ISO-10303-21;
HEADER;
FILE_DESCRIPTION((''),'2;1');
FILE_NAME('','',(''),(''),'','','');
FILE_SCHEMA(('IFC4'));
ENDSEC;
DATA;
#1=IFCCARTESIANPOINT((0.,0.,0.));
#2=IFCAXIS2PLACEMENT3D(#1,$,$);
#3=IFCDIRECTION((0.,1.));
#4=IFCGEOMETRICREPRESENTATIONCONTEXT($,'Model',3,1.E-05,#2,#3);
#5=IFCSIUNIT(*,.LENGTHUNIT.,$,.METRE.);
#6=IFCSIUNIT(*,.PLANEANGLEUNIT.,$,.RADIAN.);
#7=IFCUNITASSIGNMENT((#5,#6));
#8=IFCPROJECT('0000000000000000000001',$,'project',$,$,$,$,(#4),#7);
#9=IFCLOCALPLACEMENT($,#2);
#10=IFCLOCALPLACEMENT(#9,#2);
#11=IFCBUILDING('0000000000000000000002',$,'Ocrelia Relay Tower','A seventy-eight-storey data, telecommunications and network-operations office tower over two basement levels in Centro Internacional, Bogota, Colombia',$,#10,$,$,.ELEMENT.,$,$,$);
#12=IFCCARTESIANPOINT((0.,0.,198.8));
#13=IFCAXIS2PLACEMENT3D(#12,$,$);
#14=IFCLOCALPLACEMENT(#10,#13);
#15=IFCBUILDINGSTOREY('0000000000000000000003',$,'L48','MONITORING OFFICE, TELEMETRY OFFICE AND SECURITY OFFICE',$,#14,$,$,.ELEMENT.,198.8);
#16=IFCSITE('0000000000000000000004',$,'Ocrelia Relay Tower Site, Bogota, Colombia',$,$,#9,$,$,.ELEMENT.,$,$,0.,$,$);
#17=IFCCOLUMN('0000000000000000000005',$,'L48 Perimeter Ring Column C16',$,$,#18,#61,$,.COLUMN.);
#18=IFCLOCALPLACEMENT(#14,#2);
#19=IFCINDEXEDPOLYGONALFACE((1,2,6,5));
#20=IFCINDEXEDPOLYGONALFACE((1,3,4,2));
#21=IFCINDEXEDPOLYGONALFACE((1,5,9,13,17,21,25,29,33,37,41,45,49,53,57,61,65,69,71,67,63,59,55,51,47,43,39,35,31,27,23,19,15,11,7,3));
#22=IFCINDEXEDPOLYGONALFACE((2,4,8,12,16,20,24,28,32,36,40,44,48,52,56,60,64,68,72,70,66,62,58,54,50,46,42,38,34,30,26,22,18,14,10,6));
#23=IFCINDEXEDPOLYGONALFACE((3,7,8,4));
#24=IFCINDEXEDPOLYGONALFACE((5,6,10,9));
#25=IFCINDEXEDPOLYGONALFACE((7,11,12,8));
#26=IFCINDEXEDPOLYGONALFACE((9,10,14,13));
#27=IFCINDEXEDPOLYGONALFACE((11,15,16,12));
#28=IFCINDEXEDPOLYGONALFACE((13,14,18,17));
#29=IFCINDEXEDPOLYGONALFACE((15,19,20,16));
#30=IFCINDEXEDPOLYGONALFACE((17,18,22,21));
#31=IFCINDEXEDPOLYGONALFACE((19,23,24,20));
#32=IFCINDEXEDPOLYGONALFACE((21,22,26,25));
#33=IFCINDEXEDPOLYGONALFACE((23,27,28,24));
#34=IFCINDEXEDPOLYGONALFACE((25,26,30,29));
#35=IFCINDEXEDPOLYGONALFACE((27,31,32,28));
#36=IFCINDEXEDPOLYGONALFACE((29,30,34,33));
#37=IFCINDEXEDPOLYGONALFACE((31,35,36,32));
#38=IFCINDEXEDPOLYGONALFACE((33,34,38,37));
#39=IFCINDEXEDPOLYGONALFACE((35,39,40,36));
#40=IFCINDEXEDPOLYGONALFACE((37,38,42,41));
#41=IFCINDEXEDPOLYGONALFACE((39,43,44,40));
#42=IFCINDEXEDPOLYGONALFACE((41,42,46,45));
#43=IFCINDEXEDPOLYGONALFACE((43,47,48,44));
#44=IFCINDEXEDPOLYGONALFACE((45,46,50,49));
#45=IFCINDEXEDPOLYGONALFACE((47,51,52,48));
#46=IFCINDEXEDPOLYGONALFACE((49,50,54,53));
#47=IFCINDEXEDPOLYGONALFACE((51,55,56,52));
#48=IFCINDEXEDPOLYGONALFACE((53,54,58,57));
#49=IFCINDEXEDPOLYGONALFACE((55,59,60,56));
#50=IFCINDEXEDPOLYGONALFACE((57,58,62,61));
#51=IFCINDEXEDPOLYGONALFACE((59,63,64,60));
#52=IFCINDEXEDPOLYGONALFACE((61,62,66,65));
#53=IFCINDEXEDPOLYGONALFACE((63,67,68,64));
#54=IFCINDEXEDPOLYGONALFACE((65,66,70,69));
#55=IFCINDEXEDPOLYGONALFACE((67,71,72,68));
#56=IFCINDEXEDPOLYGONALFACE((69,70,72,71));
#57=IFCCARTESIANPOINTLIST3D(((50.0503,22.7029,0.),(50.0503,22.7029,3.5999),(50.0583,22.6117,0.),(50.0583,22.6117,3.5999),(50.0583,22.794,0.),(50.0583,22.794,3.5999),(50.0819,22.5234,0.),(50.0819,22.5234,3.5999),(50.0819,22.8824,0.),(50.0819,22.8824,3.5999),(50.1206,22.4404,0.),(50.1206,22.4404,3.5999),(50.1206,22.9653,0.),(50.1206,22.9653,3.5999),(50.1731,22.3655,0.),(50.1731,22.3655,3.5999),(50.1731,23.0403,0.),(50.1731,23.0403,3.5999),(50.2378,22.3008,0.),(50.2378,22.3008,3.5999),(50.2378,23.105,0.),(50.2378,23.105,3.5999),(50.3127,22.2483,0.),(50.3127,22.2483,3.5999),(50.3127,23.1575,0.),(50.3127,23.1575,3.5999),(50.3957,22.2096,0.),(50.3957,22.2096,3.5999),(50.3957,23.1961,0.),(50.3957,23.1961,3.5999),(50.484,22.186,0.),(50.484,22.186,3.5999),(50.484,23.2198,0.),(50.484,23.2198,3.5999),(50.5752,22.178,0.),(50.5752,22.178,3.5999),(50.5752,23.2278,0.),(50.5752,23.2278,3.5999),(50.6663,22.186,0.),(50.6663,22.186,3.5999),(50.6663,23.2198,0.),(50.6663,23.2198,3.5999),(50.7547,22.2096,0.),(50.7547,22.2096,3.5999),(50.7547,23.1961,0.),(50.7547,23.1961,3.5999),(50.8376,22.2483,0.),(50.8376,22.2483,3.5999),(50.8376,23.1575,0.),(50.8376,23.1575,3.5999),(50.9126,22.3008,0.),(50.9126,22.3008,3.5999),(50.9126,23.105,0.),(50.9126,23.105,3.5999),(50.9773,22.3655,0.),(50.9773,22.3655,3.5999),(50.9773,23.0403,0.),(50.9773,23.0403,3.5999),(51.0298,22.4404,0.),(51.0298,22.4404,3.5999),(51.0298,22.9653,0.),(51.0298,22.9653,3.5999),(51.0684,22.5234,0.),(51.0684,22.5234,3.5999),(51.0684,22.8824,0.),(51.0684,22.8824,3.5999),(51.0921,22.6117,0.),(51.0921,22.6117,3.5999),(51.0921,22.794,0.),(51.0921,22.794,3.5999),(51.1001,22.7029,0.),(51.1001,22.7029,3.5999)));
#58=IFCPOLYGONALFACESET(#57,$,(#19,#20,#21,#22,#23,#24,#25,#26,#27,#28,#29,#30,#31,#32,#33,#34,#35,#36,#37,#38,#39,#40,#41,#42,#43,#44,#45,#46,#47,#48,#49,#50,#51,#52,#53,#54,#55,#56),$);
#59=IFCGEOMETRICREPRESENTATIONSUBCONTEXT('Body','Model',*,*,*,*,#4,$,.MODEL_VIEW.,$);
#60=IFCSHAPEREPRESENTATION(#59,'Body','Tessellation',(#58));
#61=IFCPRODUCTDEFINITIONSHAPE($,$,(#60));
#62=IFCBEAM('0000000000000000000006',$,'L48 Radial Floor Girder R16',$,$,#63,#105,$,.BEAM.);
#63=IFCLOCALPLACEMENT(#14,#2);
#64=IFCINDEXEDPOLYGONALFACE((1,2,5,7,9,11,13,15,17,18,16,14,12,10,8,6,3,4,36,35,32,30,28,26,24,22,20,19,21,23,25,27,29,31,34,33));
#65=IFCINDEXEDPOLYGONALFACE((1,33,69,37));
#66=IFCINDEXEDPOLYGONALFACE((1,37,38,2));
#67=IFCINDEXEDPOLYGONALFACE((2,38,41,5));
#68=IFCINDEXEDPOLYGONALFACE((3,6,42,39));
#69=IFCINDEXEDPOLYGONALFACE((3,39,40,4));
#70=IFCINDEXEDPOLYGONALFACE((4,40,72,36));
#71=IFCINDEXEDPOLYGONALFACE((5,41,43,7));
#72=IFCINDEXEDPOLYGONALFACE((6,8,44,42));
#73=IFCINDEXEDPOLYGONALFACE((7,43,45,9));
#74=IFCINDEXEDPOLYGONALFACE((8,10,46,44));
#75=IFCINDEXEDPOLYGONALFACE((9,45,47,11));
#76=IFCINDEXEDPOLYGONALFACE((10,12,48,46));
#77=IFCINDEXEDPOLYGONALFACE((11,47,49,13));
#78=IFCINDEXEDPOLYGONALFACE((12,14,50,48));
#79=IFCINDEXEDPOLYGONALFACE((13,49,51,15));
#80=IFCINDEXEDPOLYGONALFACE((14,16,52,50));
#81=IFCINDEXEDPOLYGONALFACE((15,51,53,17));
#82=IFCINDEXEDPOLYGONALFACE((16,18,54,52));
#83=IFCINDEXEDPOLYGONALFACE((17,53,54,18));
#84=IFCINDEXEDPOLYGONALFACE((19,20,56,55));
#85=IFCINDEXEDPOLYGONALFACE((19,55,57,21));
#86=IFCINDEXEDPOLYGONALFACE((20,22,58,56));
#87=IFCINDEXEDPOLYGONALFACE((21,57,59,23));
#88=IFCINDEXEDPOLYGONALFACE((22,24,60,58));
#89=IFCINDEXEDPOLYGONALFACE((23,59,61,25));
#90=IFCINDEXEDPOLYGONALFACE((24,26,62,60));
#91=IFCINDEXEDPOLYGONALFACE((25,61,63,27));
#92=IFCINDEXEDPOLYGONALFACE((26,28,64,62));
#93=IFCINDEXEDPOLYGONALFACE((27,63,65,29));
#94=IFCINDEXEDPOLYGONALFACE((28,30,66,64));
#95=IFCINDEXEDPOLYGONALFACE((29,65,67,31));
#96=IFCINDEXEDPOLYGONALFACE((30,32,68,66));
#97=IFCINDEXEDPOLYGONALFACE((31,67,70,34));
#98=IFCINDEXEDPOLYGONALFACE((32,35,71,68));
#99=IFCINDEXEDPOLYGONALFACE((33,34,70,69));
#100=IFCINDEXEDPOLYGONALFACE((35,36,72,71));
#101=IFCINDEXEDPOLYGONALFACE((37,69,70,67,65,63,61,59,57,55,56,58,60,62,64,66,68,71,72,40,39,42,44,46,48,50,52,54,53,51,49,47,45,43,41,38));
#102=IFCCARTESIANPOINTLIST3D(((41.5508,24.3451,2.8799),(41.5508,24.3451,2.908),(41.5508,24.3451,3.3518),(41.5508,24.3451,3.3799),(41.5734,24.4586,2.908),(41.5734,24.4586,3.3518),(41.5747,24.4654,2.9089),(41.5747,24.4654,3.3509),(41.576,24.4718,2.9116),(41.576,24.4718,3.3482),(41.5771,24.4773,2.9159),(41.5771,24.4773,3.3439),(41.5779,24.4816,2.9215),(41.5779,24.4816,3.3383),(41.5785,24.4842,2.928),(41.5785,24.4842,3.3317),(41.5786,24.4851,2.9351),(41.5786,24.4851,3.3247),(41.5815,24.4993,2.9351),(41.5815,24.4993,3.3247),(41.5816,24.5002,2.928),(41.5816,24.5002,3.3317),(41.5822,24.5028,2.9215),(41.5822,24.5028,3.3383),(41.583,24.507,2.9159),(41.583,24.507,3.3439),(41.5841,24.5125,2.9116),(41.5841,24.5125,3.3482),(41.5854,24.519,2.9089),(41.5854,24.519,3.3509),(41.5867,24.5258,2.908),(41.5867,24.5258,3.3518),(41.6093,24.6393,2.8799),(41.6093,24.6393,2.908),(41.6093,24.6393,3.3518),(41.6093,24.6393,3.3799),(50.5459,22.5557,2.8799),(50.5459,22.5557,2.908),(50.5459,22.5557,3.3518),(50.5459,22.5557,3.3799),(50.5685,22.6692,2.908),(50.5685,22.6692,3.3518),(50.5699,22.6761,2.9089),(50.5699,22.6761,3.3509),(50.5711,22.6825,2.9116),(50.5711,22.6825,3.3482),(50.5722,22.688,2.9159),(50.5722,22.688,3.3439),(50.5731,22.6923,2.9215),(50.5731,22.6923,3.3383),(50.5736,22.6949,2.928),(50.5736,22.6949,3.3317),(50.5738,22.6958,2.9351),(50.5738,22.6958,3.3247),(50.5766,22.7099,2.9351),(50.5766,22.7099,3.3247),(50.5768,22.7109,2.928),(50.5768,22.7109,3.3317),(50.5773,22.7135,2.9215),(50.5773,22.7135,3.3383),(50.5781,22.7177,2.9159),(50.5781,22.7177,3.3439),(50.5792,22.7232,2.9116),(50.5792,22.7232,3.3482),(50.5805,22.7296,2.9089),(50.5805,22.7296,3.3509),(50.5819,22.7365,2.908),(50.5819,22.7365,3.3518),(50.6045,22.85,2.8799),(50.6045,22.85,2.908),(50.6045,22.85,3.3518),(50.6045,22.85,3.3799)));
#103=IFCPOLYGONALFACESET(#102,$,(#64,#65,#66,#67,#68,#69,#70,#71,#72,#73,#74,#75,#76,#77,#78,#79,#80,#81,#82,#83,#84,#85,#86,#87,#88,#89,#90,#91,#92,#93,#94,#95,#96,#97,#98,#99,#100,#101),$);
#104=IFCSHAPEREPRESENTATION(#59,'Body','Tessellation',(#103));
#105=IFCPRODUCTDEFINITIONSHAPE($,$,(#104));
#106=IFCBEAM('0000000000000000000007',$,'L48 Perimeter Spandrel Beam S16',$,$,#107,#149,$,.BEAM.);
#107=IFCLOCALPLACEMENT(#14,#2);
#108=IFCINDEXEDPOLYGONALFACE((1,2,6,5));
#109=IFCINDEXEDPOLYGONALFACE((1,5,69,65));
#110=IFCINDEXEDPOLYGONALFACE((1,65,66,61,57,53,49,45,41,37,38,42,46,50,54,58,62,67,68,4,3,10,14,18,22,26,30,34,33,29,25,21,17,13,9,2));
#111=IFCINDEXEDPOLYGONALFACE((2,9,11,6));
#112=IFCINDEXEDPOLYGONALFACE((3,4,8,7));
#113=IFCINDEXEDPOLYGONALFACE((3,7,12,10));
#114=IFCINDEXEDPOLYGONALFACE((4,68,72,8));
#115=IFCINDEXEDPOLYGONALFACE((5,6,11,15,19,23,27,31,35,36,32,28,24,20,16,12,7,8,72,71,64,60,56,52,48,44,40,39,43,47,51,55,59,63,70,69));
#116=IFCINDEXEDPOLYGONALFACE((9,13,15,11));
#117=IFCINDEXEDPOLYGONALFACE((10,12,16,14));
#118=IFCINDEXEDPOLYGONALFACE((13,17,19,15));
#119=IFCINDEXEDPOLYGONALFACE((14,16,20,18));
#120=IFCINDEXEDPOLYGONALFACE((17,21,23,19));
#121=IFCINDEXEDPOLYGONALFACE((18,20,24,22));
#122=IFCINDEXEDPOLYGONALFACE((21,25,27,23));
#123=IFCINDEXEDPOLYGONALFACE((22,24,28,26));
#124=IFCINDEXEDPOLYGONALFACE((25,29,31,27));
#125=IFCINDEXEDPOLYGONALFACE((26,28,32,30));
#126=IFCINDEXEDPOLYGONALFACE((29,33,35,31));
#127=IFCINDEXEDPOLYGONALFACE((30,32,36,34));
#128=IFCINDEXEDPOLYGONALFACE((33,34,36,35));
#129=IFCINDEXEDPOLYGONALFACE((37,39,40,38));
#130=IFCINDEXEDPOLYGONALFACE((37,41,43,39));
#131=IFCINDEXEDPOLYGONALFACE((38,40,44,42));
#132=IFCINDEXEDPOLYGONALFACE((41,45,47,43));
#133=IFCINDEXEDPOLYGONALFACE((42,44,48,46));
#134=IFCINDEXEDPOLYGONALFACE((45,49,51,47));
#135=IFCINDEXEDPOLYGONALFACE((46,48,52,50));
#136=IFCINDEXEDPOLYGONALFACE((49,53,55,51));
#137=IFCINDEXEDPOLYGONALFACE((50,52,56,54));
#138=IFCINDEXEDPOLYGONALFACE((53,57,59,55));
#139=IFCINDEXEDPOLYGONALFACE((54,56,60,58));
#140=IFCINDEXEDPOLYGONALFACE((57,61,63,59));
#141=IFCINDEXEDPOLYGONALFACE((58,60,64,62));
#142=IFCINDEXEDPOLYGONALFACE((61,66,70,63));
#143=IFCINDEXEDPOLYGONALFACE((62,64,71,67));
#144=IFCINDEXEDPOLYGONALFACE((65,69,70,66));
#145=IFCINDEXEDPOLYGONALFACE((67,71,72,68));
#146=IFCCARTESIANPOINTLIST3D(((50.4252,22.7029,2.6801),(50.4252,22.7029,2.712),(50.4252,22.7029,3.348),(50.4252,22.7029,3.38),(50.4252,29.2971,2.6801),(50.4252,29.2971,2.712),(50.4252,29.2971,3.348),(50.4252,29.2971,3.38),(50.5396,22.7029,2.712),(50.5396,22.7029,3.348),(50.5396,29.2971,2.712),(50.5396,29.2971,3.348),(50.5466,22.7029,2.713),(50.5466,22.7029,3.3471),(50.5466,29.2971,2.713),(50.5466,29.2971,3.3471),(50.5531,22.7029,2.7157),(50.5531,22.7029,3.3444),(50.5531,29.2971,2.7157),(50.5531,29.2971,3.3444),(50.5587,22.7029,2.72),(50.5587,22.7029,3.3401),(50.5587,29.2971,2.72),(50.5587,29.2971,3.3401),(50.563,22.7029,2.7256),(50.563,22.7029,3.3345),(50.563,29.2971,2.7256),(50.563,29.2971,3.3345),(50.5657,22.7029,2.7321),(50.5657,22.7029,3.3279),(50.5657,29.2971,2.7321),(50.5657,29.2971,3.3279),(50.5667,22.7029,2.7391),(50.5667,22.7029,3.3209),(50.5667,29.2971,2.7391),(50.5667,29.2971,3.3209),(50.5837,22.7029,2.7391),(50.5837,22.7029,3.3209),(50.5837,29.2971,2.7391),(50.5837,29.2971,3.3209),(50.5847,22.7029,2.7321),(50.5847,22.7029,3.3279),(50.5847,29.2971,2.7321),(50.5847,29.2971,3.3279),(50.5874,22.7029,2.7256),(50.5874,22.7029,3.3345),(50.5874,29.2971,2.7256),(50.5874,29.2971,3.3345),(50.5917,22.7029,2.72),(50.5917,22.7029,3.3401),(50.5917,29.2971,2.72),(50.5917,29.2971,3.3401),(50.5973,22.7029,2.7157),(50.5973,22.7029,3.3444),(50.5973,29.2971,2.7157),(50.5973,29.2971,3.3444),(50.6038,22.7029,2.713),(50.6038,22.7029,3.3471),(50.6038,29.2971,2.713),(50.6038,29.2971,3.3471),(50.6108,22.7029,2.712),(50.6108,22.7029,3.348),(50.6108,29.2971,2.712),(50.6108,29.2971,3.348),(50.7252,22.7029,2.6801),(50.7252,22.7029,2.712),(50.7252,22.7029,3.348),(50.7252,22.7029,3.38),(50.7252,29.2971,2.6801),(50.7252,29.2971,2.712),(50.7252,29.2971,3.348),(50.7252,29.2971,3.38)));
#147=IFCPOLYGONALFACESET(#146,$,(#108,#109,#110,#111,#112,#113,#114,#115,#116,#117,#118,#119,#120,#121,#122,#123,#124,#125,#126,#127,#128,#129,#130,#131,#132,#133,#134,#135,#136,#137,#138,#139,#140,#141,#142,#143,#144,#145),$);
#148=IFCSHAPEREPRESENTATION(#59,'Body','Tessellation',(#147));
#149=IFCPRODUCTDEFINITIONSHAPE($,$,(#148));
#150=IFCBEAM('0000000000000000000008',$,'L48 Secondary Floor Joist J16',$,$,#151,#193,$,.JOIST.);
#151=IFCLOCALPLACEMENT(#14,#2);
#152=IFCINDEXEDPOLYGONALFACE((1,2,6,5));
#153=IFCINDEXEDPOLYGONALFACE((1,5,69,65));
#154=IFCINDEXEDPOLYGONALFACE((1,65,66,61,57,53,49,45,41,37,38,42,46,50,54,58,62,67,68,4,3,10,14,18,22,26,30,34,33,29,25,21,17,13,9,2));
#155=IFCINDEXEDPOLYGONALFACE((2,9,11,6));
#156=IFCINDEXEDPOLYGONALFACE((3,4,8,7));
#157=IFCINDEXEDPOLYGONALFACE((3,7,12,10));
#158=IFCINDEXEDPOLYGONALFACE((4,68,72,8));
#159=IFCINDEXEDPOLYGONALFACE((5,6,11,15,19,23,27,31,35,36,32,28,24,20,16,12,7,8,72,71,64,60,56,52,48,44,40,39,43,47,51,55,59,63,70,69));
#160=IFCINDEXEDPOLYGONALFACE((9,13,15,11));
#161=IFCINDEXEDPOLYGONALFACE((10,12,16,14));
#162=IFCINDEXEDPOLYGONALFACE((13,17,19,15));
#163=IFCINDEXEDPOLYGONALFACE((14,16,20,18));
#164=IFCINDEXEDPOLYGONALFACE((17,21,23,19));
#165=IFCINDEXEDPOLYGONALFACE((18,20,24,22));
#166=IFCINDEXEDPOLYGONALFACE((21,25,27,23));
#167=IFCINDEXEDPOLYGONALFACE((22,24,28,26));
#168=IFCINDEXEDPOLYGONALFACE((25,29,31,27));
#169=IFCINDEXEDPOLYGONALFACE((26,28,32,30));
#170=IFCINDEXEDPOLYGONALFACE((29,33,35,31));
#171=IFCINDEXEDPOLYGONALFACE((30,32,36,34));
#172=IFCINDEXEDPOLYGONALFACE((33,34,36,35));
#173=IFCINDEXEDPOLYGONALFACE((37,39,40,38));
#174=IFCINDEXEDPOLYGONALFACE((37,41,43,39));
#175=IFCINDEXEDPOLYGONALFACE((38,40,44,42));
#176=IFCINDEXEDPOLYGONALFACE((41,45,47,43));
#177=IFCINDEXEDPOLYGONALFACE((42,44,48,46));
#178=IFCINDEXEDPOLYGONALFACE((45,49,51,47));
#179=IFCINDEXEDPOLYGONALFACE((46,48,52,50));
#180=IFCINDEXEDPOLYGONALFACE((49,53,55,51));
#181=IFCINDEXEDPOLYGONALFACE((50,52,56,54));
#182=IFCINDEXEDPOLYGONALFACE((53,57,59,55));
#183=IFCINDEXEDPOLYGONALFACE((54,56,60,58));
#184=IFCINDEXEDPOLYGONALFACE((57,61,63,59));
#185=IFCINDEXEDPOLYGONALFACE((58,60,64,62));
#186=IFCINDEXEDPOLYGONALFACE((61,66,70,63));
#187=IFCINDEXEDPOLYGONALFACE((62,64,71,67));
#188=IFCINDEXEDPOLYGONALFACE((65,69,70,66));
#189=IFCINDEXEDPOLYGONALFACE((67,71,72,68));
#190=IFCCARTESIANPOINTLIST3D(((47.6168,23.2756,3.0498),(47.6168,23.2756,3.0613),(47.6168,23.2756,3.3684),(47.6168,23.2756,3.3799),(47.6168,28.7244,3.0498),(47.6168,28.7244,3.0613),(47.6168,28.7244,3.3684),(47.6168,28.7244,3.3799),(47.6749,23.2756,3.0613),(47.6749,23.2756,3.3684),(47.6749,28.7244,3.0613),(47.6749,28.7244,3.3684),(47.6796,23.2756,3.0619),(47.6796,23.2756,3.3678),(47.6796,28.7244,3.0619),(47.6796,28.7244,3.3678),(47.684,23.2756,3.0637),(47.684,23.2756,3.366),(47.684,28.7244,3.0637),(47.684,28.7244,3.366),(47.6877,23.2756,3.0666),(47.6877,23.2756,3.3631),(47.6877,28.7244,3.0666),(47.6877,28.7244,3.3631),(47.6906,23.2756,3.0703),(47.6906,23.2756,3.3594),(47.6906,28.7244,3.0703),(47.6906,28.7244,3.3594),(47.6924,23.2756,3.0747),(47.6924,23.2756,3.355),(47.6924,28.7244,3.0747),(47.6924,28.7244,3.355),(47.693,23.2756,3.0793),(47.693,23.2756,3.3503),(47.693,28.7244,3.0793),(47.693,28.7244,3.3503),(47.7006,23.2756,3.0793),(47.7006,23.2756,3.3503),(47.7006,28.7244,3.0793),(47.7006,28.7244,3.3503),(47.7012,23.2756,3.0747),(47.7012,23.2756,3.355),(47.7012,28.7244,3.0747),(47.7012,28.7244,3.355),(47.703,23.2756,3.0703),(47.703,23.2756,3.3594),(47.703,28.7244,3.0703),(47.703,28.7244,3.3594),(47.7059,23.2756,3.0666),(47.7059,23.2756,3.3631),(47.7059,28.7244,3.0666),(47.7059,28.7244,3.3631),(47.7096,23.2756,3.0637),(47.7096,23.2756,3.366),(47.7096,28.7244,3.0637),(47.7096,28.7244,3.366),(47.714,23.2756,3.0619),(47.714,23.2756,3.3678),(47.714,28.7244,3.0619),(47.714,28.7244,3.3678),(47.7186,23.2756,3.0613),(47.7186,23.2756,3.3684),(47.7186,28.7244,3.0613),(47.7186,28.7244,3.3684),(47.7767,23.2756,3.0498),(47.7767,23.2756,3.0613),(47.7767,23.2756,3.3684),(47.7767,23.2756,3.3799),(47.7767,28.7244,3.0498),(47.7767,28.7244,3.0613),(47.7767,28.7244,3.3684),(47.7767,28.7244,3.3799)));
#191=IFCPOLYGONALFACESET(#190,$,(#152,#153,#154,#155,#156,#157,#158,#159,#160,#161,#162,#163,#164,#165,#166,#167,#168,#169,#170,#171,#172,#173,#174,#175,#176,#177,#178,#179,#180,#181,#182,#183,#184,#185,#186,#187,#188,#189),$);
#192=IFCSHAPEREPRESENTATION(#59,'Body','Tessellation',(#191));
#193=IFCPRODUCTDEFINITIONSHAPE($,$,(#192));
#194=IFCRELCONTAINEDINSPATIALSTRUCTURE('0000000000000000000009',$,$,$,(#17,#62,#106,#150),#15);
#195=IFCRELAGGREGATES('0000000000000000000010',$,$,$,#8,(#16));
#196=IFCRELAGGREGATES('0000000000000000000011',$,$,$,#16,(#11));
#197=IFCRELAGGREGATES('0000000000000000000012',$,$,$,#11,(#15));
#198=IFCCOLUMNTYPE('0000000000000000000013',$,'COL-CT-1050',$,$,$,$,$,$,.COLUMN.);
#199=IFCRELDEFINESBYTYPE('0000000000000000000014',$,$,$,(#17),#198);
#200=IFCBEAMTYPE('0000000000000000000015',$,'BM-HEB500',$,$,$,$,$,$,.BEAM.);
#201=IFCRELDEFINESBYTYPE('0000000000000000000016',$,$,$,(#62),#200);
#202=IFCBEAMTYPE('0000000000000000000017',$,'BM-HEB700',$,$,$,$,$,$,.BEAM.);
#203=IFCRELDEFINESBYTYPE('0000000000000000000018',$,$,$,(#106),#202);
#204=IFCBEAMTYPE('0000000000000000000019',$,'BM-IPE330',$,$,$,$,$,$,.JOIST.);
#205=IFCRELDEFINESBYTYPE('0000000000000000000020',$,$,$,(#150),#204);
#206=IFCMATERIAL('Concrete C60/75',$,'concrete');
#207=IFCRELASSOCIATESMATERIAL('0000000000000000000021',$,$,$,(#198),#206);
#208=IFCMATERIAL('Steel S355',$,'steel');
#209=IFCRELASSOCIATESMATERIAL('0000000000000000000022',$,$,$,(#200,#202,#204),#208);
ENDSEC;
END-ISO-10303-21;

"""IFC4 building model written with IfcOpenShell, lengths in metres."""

from ifc_helpers import new_model, si_unit, direction, frame, origin, origin_2d, place, context, subcontext, project, spatial, circle, i_section, extrude, material, material_profile, profile_set, type_object, element, save


model = new_model("IFC4")

# Units and contexts
model_context = context("Model", 3, precision=1e-05, world=origin(), true_north=direction((0.0, 1.0)))
body_context = subcontext(model_context, "Body", "Model", "MODEL_VIEW")
ifc_project = project(units=[si_unit("LENGTHUNIT", "METRE"), si_unit("PLANEANGLEUNIT", "RADIAN")], contexts=[model_context])

# Site, building, storey
site_placement = place(None, origin())
site = spatial("IfcSite", under=ifc_project, at=site_placement, Name="Ocrelia Relay Tower Site, Bogota, Colombia", CompositionType="ELEMENT", RefElevation=0.0)
building_placement = place(site_placement, origin())
building = spatial("IfcBuilding", under=site, at=building_placement, Name="Ocrelia Relay Tower", Description="A seventy-eight-storey data, telecommunications and network-operations office tower over two basement levels in Centro Internacional, Bogota, Colombia", CompositionType="ELEMENT")
storey_placement = place(building_placement, frame((0.0, 0.0, 198.8)))
storey = spatial("IfcBuildingStorey", under=building, at=storey_placement, Name="L48", Description="MONITORING OFFICE, TELEMETRY OFFICE AND SECURITY OFFICE", CompositionType="ELEMENT", Elevation=198.8)

# Column
ifc_material_1 = material(Name="Concrete C60/75", Category="concrete")
ifc_material_profile_1 = material_profile(ifc_material_1, circle(Radius=0.5249, at=origin_2d()), Name="RC-CIR-1050")
ifc_profile_set_1 = profile_set([ifc_material_profile_1], Name="Concrete C60/75")
column_type = type_object("IfcColumnType", Name="COL-CT-1050", PredefinedType="COLUMN", material=ifc_profile_set_1)
column_placement = place(storey_placement, frame((50.5752, 22.7029, 0.0), z_axis=(0.0, 0.0, 1.0), x_axis=(1.0, 0.0, 0.0)))
element("IfcColumn", 1, at=column_placement, inside=storey, type_object=column_type, Name="L48 Perimeter Ring Column C16", PredefinedType="COLUMN", context=body_context, shape_type="SweptSolid", body=[
    extrude(circle(Radius=0.5249, at=origin_2d()), origin(), (0.0, 0.0, 1.0), 3.5999),
])

# Beams
ifc_material_2 = material(Name="Steel S355", Category="steel")
ifc_material_profile_2 = material_profile(ifc_material_2, i_section(OverallWidth=0.3, OverallDepth=0.5, WebThickness=0.0144, FlangeThickness=0.0281, FilletRadius=0.0271, at=origin_2d()), Name="HEB 500")
ifc_profile_set_2 = profile_set([ifc_material_profile_2], Name="Steel S355")
beam_type_1 = type_object("IfcBeamType", Name="BM-HEB500", PredefinedType="BEAM", material=ifc_profile_set_2)
beam_1_placement = place(storey_placement, frame((50.5752, 22.7029, 3.1299), z_axis=(-0.980784, 0.195097, 0.0), x_axis=(-0.195097, -0.980784, 0.0)))
element("IfcBeam", 2, at=beam_1_placement, inside=storey, type_object=beam_type_1, Name="L48 Radial Floor Girder R16", PredefinedType="BEAM", context=body_context, shape_type="SweptSolid", body=[
    extrude(i_section(OverallWidth=0.3, OverallDepth=0.5, WebThickness=0.0144, FlangeThickness=0.0281, FilletRadius=0.0271, at=origin_2d()), origin(), (0.0, 0.0, 1.0), 9.1714),
])
ifc_material_profile_3 = material_profile(ifc_material_2, i_section(OverallWidth=0.3, OverallDepth=0.7, WebThickness=0.0171, FlangeThickness=0.032, FilletRadius=0.0271, at=origin_2d()), Name="HEB 700")
ifc_profile_set_3 = profile_set([ifc_material_profile_3], Name="Steel S355")
beam_type_2 = type_object("IfcBeamType", Name="BM-HEB700", PredefinedType="BEAM", material=ifc_profile_set_3)
beam_2_placement = place(storey_placement, frame((50.5752, 22.7029, 3.03), z_axis=(0.0, 1.0, 0.0), x_axis=(-1.0, 0.0, 0.0)))
element("IfcBeam", 3, at=beam_2_placement, inside=storey, type_object=beam_type_2, Name="L48 Perimeter Spandrel Beam S16", PredefinedType="BEAM", context=body_context, shape_type="SweptSolid", body=[
    extrude(i_section(OverallWidth=0.3, OverallDepth=0.7, WebThickness=0.0171, FlangeThickness=0.032, FilletRadius=0.0271, at=origin_2d()), origin(), (0.0, 0.0, 1.0), 6.5942),
])
ifc_material_profile_4 = material_profile(ifc_material_2, i_section(OverallWidth=0.1599, OverallDepth=0.3301, WebThickness=0.0076, FlangeThickness=0.0115, FilletRadius=0.0181, at=origin_2d()), Name="IPE 330")
ifc_profile_set_4 = profile_set([ifc_material_profile_4], Name="Steel S355")
beam_type_3 = type_object("IfcBeamType", Name="BM-IPE330", PredefinedType="JOIST", material=ifc_profile_set_4)
beam_3_placement = place(storey_placement, frame((47.6968, 23.2756, 3.2148), z_axis=(0.0, 1.0, 0.0), x_axis=(-1.0, 0.0, 0.0)))
element("IfcBeam", 4, at=beam_3_placement, inside=storey, type_object=beam_type_3, Name="L48 Secondary Floor Joist J16", PredefinedType="JOIST", context=body_context, shape_type="SweptSolid", body=[
    extrude(i_section(OverallWidth=0.1599, OverallDepth=0.3301, WebThickness=0.0076, FlangeThickness=0.0115, FilletRadius=0.0181, at=origin_2d()), origin(), (0.0, 0.0, 1.0), 5.4487),
])

save(model, "model.ifc")
